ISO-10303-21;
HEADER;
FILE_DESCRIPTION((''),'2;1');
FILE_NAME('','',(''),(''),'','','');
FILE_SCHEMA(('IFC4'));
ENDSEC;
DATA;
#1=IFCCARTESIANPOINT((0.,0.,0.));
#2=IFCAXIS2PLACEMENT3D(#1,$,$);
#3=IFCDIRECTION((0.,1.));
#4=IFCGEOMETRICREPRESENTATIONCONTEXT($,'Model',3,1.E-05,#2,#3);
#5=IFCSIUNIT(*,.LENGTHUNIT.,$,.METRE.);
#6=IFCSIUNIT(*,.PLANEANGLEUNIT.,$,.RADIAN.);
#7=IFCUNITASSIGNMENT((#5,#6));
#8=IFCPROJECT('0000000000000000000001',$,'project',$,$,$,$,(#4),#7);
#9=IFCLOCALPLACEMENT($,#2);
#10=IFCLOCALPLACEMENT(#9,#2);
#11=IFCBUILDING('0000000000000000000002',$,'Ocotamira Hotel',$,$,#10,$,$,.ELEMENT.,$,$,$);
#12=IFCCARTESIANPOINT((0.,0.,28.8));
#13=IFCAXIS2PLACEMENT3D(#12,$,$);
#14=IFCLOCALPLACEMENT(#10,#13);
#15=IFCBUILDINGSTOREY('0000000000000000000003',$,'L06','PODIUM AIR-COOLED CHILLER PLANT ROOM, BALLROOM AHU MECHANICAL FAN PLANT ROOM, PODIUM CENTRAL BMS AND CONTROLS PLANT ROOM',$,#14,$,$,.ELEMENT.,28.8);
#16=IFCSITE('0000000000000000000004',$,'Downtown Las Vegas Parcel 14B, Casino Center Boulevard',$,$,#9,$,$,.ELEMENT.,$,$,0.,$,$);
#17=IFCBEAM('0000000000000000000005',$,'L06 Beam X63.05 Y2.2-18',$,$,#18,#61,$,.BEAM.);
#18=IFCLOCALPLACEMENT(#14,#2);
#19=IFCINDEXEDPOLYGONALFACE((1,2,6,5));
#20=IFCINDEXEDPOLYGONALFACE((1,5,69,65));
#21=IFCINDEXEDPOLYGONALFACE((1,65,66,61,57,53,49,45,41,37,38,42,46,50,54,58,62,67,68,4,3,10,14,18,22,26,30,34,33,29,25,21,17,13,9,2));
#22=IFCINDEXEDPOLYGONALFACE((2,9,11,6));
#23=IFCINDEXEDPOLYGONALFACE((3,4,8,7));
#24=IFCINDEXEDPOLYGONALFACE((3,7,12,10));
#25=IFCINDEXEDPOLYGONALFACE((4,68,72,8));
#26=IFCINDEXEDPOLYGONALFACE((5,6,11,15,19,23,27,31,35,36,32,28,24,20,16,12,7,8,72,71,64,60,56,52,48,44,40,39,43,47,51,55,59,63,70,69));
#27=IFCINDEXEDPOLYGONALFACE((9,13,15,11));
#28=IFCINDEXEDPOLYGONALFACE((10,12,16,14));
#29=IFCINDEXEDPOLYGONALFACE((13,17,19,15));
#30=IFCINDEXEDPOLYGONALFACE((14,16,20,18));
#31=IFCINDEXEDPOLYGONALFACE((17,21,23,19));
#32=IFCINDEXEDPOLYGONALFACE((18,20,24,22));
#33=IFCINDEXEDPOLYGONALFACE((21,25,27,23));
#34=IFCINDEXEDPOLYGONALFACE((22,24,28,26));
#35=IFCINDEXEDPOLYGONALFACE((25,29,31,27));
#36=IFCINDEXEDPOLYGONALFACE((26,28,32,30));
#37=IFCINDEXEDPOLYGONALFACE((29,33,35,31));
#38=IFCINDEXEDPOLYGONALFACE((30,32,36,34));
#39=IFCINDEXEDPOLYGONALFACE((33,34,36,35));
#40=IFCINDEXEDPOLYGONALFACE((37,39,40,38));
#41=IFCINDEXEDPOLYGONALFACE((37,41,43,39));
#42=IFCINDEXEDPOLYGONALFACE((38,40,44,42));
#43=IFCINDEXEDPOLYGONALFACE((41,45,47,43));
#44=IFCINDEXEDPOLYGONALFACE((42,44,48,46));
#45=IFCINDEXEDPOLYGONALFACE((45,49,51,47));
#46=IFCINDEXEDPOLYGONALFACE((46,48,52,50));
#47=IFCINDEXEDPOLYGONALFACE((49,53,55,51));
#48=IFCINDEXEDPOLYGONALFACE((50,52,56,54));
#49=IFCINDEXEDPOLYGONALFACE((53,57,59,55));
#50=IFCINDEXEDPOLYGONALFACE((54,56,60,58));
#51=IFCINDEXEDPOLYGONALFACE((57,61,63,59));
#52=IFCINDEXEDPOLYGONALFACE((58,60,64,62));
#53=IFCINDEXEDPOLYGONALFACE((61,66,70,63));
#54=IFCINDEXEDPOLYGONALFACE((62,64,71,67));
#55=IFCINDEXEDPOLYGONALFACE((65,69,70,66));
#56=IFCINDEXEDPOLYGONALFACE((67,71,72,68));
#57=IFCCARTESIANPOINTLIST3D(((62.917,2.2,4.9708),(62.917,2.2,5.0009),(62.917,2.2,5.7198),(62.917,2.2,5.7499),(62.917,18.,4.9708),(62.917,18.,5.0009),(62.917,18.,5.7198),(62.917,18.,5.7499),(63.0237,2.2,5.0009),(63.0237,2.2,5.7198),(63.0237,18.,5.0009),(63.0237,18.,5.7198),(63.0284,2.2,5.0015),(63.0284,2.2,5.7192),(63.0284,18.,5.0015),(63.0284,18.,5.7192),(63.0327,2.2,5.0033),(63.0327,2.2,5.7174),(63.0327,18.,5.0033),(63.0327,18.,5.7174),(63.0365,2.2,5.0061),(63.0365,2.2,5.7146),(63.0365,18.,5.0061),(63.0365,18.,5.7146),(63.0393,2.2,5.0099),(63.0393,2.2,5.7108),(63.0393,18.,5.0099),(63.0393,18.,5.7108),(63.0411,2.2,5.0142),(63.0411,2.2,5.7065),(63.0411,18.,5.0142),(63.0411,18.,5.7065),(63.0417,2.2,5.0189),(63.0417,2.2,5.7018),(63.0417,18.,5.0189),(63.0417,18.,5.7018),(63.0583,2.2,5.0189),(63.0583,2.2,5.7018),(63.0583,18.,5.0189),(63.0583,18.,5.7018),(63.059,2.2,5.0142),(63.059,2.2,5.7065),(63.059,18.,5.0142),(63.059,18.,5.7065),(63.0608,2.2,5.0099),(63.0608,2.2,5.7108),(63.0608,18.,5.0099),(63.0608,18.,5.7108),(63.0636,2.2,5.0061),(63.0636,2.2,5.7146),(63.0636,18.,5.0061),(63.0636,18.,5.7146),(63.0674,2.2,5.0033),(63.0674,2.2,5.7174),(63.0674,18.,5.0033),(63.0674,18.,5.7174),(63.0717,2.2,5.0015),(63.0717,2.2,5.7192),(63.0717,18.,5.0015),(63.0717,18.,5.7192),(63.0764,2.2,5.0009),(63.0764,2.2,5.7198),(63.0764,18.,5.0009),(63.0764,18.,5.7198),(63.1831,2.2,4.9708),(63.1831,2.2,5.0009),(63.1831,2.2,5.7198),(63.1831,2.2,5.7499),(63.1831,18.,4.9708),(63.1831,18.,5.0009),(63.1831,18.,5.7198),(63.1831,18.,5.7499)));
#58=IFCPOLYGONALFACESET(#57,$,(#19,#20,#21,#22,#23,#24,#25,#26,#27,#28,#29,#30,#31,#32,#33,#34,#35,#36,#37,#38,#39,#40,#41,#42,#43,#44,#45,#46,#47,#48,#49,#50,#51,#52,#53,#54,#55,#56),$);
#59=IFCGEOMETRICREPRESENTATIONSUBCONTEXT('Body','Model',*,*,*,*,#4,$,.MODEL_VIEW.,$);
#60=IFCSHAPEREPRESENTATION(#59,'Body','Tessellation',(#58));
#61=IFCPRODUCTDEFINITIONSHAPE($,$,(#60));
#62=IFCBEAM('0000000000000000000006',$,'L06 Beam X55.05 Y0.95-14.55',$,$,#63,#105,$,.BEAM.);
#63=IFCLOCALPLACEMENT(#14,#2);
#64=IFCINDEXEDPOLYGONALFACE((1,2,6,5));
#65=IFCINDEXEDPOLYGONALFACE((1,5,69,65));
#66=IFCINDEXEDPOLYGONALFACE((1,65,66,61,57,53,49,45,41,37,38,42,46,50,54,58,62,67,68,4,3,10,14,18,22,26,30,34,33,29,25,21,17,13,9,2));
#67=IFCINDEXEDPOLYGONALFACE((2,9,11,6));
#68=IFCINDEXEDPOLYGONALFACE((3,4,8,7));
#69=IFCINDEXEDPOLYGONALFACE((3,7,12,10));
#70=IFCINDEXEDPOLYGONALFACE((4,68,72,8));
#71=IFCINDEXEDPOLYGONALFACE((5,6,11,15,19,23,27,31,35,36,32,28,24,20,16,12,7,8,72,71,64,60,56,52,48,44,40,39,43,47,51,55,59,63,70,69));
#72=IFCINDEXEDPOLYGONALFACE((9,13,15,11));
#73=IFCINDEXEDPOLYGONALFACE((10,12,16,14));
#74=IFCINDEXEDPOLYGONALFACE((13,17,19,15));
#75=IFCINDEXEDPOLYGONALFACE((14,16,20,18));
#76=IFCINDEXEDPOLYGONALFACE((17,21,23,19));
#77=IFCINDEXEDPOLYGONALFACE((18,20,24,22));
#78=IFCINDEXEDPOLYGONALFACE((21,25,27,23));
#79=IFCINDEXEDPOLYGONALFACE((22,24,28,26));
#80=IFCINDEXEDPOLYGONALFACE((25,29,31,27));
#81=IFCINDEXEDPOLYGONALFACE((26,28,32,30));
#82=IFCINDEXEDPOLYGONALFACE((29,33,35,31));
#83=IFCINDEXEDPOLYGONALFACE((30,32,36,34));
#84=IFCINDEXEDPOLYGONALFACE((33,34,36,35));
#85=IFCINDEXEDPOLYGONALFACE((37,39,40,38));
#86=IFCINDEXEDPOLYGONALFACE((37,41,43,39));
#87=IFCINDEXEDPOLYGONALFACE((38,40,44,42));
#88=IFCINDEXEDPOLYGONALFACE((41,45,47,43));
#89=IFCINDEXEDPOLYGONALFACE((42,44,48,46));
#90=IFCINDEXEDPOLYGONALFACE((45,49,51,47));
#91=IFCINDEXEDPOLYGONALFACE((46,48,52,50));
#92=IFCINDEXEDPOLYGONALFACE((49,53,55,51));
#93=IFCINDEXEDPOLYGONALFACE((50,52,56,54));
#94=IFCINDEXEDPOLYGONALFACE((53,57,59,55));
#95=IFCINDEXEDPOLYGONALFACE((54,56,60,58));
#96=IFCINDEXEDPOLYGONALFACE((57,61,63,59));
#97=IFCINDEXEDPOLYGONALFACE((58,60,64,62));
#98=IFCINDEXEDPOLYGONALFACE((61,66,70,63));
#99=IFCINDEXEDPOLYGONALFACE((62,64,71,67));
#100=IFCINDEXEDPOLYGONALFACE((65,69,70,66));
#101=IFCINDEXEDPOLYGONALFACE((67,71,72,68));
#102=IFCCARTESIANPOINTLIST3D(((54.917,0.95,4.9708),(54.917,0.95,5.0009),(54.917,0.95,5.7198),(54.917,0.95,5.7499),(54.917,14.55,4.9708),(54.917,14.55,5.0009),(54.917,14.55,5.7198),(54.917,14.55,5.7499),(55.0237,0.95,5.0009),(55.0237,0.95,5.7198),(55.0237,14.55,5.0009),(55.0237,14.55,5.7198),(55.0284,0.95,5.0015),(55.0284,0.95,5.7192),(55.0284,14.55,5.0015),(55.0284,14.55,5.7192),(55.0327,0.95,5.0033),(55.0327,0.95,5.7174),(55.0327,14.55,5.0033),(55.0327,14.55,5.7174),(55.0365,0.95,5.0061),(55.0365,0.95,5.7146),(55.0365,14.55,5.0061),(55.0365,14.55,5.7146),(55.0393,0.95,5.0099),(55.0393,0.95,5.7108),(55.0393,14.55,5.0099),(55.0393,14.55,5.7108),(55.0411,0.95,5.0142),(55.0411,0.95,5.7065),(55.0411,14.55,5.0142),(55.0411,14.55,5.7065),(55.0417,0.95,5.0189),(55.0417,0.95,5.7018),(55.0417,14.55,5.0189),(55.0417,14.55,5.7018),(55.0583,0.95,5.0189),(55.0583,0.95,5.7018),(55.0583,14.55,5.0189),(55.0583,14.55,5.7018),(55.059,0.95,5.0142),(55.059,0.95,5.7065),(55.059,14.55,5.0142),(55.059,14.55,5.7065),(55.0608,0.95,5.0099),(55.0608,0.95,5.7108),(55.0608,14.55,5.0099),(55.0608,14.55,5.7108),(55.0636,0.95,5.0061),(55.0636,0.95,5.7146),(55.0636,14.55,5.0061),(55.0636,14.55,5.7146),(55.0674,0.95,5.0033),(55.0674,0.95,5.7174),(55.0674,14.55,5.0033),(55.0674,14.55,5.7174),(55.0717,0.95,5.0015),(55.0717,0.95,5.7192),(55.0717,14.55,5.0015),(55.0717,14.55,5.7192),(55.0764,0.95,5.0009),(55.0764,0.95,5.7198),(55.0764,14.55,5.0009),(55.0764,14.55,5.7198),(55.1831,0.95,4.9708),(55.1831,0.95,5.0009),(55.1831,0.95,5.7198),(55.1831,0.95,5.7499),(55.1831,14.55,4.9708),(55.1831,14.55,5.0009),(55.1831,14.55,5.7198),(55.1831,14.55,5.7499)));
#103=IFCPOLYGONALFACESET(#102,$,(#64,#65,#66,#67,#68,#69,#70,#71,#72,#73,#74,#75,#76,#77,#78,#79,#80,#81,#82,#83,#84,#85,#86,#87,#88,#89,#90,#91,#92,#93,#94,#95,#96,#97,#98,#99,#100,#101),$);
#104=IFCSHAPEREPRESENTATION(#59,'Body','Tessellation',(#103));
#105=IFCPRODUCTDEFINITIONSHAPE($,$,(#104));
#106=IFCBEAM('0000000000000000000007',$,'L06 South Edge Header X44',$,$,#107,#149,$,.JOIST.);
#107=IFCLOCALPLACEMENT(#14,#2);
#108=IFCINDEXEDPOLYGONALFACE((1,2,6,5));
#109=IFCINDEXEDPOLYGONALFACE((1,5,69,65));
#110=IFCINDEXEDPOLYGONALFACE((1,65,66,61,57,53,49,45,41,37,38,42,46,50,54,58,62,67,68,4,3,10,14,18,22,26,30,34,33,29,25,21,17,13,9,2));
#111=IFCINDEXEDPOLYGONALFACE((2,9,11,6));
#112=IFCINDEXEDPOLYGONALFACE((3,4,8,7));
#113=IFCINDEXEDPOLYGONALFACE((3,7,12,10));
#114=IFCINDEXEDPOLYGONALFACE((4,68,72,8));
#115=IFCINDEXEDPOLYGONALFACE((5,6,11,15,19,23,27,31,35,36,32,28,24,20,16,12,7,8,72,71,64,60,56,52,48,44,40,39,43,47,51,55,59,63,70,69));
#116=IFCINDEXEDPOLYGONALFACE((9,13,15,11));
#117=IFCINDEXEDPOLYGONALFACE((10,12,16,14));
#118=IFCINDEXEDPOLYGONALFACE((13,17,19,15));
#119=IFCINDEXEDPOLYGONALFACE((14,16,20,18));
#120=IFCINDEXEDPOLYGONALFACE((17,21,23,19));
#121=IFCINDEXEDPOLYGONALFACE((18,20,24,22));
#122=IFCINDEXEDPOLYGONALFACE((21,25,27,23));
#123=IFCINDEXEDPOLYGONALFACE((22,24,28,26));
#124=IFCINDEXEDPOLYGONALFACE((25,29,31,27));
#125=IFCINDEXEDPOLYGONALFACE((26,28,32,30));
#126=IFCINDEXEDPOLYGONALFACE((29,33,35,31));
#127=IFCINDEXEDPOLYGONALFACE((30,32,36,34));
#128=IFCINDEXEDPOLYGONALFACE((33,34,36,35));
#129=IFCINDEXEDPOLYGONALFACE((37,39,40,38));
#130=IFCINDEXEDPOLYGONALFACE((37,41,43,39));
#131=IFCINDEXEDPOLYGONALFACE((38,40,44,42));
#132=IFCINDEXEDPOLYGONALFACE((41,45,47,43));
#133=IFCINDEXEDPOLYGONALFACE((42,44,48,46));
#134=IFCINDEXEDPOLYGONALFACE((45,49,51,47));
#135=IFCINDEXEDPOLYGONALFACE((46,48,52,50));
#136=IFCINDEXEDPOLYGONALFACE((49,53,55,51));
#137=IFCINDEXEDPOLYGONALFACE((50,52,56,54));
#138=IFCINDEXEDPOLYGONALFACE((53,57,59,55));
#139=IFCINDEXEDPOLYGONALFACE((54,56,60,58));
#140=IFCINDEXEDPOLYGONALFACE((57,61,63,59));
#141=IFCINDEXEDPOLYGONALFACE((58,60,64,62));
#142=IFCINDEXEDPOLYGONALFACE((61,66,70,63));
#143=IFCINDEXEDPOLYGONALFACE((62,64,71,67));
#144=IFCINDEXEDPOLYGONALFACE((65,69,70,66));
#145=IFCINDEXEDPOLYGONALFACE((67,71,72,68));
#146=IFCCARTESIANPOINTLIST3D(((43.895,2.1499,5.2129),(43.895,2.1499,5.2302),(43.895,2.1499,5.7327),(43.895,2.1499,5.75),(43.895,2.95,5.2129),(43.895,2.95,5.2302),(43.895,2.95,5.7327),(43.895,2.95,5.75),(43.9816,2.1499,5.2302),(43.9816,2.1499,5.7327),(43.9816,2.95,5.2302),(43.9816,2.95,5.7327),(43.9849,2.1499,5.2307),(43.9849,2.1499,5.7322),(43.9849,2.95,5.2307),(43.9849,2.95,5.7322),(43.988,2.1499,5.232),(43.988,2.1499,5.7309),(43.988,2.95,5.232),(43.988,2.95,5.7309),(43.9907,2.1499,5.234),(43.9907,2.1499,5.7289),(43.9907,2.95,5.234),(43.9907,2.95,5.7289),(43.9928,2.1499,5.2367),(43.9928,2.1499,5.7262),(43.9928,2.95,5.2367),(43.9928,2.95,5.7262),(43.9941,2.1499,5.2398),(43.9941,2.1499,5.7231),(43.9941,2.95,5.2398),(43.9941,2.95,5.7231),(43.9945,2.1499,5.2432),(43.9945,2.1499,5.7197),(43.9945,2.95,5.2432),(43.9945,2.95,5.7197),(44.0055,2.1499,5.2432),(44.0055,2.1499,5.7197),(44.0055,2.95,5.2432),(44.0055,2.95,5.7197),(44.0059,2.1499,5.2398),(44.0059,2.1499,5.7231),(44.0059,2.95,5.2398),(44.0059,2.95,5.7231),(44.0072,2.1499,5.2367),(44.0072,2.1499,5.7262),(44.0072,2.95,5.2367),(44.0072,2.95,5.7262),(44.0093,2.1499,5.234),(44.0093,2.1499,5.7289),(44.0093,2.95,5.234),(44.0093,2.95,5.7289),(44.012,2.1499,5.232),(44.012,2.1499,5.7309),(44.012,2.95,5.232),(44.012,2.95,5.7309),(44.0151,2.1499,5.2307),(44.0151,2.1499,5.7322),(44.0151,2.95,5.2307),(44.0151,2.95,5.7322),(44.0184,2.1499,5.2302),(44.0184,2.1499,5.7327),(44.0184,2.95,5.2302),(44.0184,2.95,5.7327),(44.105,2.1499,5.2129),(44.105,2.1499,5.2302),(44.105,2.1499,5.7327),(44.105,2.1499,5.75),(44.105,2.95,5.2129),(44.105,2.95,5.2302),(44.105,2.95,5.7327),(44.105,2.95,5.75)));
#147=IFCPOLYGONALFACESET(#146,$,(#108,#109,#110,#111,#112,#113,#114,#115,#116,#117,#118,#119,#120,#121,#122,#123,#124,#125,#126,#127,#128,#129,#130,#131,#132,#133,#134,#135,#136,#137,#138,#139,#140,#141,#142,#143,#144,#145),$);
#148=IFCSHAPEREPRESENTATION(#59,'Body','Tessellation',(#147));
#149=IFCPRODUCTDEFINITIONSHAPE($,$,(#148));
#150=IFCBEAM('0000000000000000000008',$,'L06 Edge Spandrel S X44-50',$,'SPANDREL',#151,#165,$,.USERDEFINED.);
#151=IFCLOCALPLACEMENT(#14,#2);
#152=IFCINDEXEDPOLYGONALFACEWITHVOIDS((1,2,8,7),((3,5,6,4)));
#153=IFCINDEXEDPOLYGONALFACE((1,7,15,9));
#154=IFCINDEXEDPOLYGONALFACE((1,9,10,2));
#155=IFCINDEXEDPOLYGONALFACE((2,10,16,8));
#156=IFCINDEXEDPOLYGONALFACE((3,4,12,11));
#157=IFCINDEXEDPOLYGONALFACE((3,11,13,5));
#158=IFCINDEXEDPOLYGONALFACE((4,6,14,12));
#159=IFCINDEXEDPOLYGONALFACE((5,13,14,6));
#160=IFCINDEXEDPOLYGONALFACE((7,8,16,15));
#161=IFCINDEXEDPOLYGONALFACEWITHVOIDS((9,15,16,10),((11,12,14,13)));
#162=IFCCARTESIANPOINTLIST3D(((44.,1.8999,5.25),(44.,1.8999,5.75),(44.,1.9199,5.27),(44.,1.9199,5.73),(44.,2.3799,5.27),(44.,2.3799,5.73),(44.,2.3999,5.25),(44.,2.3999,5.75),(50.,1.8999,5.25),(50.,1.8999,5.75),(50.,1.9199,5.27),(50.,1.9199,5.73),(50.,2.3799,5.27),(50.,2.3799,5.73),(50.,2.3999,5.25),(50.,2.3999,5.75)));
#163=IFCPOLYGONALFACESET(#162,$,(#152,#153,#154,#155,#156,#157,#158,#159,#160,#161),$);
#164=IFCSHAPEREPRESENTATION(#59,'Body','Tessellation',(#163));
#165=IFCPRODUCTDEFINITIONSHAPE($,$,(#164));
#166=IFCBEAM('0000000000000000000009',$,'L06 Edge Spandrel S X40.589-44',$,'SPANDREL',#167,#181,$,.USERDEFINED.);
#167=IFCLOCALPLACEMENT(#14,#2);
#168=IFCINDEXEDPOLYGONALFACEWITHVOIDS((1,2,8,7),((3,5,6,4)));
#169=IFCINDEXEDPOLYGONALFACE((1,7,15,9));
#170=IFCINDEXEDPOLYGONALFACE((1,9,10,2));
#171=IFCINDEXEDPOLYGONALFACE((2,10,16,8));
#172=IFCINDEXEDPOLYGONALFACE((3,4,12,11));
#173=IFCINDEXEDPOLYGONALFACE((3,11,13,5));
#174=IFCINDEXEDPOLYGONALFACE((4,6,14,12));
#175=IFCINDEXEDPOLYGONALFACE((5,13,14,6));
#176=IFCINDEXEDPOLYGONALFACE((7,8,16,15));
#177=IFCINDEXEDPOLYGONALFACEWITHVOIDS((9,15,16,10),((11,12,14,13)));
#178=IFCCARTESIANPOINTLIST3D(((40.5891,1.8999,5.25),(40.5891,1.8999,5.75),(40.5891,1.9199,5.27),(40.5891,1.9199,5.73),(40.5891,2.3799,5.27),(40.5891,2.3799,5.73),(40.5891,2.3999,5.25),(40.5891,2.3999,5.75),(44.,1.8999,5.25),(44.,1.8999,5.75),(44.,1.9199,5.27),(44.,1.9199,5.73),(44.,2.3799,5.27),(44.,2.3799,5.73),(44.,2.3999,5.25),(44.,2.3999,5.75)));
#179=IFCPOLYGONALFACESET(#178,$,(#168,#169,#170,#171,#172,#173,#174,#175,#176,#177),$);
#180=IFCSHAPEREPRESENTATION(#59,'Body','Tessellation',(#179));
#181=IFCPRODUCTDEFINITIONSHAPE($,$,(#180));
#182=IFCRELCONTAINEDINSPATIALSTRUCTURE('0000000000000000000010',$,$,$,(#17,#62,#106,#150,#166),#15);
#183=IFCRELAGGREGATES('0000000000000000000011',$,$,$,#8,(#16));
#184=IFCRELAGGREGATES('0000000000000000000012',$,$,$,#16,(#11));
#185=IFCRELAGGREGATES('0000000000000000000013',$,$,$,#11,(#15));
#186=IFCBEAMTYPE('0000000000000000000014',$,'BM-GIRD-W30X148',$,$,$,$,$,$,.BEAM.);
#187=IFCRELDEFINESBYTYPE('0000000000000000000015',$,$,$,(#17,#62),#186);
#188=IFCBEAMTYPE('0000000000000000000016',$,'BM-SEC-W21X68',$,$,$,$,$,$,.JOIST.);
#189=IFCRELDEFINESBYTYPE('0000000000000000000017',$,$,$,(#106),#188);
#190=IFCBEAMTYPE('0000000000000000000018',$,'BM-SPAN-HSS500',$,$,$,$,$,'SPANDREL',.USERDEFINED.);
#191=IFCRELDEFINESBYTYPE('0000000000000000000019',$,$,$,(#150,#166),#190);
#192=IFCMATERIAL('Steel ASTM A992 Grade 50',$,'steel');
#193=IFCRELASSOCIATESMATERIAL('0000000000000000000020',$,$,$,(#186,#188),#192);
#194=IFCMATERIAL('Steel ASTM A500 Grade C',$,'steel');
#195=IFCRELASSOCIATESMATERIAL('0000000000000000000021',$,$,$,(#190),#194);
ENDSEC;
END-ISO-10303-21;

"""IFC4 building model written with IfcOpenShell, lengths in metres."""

from ifc_helpers import new_model, si_unit, direction, frame, origin, origin_2d, place, context, subcontext, project, spatial, hollow_rectangle, i_section, extrude, source, transform, mapped, material, material_profile, profile_set, type_object, element, save


model = new_model("IFC4")

# Units and contexts
model_context = context("Model", 3, precision=1e-05, world=origin(), true_north=direction((0.0, 1.0)))
body_context = subcontext(model_context, "Body", "Model", "MODEL_VIEW")
ifc_project = project(units=[si_unit("LENGTHUNIT", "METRE"), si_unit("PLANEANGLEUNIT", "RADIAN")], contexts=[model_context])

# Site, building, storey
site_placement = place(None, origin())
site = spatial("IfcSite", under=ifc_project, at=site_placement, Name="Downtown Las Vegas Parcel 14B, Casino Center Boulevard", CompositionType="ELEMENT", RefElevation=0.0)
building_placement = place(site_placement, origin())
building = spatial("IfcBuilding", under=site, at=building_placement, Name="Ocotamira Hotel", CompositionType="ELEMENT")
storey_placement = place(building_placement, frame((0.0, 0.0, 28.8)))
storey = spatial("IfcBuildingStorey", under=building, at=storey_placement, Name="L06", Description="PODIUM AIR-COOLED CHILLER PLANT ROOM, BALLROOM AHU MECHANICAL FAN PLANT ROOM, PODIUM CENTRAL BMS AND CONTROLS PLANT ROOM", CompositionType="ELEMENT", Elevation=28.8)

# Beams
ifc_material_1 = material(Name="Steel ASTM A992 Grade 50", Category="steel")
ifc_material_profile_1 = material_profile(ifc_material_1, i_section(OverallWidth=0.2661, OverallDepth=0.7791, WebThickness=0.0166, FlangeThickness=0.03, FilletRadius=0.0181, at=origin_2d()), Name="W30X148")
ifc_profile_set_1 = profile_set([ifc_material_profile_1], Name="Steel ASTM A992 Grade 50")
beam_type_1 = type_object("IfcBeamType", Name="BM-GIRD-W30X148", PredefinedType="BEAM", material=ifc_profile_set_1)
shared_shape_1 = source(origin(), body_context, "Body", "SweptSolid", [
    extrude(i_section(OverallWidth=0.2661, OverallDepth=0.7791, WebThickness=0.0166, FlangeThickness=0.03, FilletRadius=0.0181, at=origin_2d()), origin(), (0.0, 0.0, 1.0), 15.8),
])
beam_1_placement = place(storey_placement, frame((63.05, 2.2, 5.3604), z_axis=(0.0, 1.0, 0.0), x_axis=(-1.0, 0.0, 0.0)))
element("IfcBeam", 1, at=beam_1_placement, inside=storey, type_object=beam_type_1, Name="L06 Beam X63.05 Y2.2-18", PredefinedType="BEAM", context=body_context, shape_type="MappedRepresentation", body=[
    mapped(shared_shape_1, transform((0.0, 0.0, 0.0), scale=1.0)),
])
shared_shape_2 = source(origin(), body_context, "Body", "SweptSolid", [
    extrude(i_section(OverallWidth=0.2661, OverallDepth=0.7791, WebThickness=0.0166, FlangeThickness=0.03, FilletRadius=0.0181, at=origin_2d()), origin(), (0.0, 0.0, 1.0), 13.6001),
])
beam_2_placement = place(storey_placement, frame((55.05, 0.95, 5.3604), z_axis=(0.0, 1.0, 0.0), x_axis=(-1.0, 0.0, 0.0)))
element("IfcBeam", 2, at=beam_2_placement, inside=storey, type_object=beam_type_1, Name="L06 Beam X55.05 Y0.95-14.55", PredefinedType="BEAM", context=body_context, shape_type="MappedRepresentation", body=[
    mapped(shared_shape_2, transform((0.0, 0.0, 0.0), scale=1.0)),
])
ifc_material_profile_2 = material_profile(ifc_material_1, i_section(OverallWidth=0.21, OverallDepth=0.5371, WebThickness=0.011, FlangeThickness=0.0173, FilletRadius=0.0129, at=origin_2d()), Name="W21X68")
ifc_profile_set_2 = profile_set([ifc_material_profile_2], Name="Steel ASTM A992 Grade 50")
beam_type_2 = type_object("IfcBeamType", Name="BM-SEC-W21X68", PredefinedType="JOIST", material=ifc_profile_set_2)
shared_shape_3 = source(origin(), body_context, "Body", "SweptSolid", [
    extrude(i_section(OverallWidth=0.21, OverallDepth=0.5371, WebThickness=0.011, FlangeThickness=0.0173, FilletRadius=0.0129, at=origin_2d()), origin(), (0.0, 0.0, 1.0), 0.8),
])
beam_3_placement = place(storey_placement, frame((44.0, 2.95, 5.4814), z_axis=(0.0, -1.0, 0.0), x_axis=(1.0, 0.0, 0.0)))
element("IfcBeam", 3, at=beam_3_placement, inside=storey, type_object=beam_type_2, Name="L06 South Edge Header X44", PredefinedType="JOIST", context=body_context, shape_type="MappedRepresentation", body=[
    mapped(shared_shape_3, transform((0.0, 0.0, 0.0), scale=1.0)),
])
ifc_material_2 = material(Name="Steel ASTM A500 Grade C", Category="steel")
ifc_material_profile_3 = material_profile(ifc_material_2, hollow_rectangle(XDim=0.5, YDim=0.5, WallThickness=0.02, at=origin_2d()), Name="HSS500X500X20")
ifc_profile_set_3 = profile_set([ifc_material_profile_3], Name="Steel ASTM A500 Grade C")
beam_type_3 = type_object("IfcBeamType", Name="BM-SPAN-HSS500", ElementType="SPANDREL", PredefinedType="USERDEFINED", material=ifc_profile_set_3)
shared_shape_4 = source(origin(), body_context, "Body", "SweptSolid", [
    extrude(hollow_rectangle(XDim=0.5, YDim=0.5, WallThickness=0.02, at=origin_2d()), origin(), (0.0, 0.0, 1.0), 6.0),
])
beam_4_placement = place(storey_placement, frame((44.0, 2.1499, 5.5), z_axis=(1.0, 0.0, 0.0), x_axis=(0.0, 1.0, 0.0)))
element("IfcBeam", 4, at=beam_4_placement, inside=storey, type_object=beam_type_3, Name="L06 Edge Spandrel S X44-50", ObjectType="SPANDREL", PredefinedType="USERDEFINED", context=body_context, shape_type="MappedRepresentation", body=[
    mapped(shared_shape_4, transform((0.0, 0.0, 0.0), scale=1.0)),
])
shared_shape_5 = source(origin(), body_context, "Body", "SweptSolid", [
    extrude(hollow_rectangle(XDim=0.5, YDim=0.5, WallThickness=0.02, at=origin_2d()), origin(), (0.0, 0.0, 1.0), 3.4109),
])
beam_5_placement = place(storey_placement, frame((40.5891, 2.1499, 5.5), z_axis=(1.0, 0.0, 0.0), x_axis=(0.0, 1.0, 0.0)))
element("IfcBeam", 5, at=beam_5_placement, inside=storey, type_object=beam_type_3, Name="L06 Edge Spandrel S X40.589-44", ObjectType="SPANDREL", PredefinedType="USERDEFINED", context=body_context, shape_type="MappedRepresentation", body=[
    mapped(shared_shape_5, transform((0.0, 0.0, 0.0), scale=1.0)),
])

save(model, "model.ifc")
